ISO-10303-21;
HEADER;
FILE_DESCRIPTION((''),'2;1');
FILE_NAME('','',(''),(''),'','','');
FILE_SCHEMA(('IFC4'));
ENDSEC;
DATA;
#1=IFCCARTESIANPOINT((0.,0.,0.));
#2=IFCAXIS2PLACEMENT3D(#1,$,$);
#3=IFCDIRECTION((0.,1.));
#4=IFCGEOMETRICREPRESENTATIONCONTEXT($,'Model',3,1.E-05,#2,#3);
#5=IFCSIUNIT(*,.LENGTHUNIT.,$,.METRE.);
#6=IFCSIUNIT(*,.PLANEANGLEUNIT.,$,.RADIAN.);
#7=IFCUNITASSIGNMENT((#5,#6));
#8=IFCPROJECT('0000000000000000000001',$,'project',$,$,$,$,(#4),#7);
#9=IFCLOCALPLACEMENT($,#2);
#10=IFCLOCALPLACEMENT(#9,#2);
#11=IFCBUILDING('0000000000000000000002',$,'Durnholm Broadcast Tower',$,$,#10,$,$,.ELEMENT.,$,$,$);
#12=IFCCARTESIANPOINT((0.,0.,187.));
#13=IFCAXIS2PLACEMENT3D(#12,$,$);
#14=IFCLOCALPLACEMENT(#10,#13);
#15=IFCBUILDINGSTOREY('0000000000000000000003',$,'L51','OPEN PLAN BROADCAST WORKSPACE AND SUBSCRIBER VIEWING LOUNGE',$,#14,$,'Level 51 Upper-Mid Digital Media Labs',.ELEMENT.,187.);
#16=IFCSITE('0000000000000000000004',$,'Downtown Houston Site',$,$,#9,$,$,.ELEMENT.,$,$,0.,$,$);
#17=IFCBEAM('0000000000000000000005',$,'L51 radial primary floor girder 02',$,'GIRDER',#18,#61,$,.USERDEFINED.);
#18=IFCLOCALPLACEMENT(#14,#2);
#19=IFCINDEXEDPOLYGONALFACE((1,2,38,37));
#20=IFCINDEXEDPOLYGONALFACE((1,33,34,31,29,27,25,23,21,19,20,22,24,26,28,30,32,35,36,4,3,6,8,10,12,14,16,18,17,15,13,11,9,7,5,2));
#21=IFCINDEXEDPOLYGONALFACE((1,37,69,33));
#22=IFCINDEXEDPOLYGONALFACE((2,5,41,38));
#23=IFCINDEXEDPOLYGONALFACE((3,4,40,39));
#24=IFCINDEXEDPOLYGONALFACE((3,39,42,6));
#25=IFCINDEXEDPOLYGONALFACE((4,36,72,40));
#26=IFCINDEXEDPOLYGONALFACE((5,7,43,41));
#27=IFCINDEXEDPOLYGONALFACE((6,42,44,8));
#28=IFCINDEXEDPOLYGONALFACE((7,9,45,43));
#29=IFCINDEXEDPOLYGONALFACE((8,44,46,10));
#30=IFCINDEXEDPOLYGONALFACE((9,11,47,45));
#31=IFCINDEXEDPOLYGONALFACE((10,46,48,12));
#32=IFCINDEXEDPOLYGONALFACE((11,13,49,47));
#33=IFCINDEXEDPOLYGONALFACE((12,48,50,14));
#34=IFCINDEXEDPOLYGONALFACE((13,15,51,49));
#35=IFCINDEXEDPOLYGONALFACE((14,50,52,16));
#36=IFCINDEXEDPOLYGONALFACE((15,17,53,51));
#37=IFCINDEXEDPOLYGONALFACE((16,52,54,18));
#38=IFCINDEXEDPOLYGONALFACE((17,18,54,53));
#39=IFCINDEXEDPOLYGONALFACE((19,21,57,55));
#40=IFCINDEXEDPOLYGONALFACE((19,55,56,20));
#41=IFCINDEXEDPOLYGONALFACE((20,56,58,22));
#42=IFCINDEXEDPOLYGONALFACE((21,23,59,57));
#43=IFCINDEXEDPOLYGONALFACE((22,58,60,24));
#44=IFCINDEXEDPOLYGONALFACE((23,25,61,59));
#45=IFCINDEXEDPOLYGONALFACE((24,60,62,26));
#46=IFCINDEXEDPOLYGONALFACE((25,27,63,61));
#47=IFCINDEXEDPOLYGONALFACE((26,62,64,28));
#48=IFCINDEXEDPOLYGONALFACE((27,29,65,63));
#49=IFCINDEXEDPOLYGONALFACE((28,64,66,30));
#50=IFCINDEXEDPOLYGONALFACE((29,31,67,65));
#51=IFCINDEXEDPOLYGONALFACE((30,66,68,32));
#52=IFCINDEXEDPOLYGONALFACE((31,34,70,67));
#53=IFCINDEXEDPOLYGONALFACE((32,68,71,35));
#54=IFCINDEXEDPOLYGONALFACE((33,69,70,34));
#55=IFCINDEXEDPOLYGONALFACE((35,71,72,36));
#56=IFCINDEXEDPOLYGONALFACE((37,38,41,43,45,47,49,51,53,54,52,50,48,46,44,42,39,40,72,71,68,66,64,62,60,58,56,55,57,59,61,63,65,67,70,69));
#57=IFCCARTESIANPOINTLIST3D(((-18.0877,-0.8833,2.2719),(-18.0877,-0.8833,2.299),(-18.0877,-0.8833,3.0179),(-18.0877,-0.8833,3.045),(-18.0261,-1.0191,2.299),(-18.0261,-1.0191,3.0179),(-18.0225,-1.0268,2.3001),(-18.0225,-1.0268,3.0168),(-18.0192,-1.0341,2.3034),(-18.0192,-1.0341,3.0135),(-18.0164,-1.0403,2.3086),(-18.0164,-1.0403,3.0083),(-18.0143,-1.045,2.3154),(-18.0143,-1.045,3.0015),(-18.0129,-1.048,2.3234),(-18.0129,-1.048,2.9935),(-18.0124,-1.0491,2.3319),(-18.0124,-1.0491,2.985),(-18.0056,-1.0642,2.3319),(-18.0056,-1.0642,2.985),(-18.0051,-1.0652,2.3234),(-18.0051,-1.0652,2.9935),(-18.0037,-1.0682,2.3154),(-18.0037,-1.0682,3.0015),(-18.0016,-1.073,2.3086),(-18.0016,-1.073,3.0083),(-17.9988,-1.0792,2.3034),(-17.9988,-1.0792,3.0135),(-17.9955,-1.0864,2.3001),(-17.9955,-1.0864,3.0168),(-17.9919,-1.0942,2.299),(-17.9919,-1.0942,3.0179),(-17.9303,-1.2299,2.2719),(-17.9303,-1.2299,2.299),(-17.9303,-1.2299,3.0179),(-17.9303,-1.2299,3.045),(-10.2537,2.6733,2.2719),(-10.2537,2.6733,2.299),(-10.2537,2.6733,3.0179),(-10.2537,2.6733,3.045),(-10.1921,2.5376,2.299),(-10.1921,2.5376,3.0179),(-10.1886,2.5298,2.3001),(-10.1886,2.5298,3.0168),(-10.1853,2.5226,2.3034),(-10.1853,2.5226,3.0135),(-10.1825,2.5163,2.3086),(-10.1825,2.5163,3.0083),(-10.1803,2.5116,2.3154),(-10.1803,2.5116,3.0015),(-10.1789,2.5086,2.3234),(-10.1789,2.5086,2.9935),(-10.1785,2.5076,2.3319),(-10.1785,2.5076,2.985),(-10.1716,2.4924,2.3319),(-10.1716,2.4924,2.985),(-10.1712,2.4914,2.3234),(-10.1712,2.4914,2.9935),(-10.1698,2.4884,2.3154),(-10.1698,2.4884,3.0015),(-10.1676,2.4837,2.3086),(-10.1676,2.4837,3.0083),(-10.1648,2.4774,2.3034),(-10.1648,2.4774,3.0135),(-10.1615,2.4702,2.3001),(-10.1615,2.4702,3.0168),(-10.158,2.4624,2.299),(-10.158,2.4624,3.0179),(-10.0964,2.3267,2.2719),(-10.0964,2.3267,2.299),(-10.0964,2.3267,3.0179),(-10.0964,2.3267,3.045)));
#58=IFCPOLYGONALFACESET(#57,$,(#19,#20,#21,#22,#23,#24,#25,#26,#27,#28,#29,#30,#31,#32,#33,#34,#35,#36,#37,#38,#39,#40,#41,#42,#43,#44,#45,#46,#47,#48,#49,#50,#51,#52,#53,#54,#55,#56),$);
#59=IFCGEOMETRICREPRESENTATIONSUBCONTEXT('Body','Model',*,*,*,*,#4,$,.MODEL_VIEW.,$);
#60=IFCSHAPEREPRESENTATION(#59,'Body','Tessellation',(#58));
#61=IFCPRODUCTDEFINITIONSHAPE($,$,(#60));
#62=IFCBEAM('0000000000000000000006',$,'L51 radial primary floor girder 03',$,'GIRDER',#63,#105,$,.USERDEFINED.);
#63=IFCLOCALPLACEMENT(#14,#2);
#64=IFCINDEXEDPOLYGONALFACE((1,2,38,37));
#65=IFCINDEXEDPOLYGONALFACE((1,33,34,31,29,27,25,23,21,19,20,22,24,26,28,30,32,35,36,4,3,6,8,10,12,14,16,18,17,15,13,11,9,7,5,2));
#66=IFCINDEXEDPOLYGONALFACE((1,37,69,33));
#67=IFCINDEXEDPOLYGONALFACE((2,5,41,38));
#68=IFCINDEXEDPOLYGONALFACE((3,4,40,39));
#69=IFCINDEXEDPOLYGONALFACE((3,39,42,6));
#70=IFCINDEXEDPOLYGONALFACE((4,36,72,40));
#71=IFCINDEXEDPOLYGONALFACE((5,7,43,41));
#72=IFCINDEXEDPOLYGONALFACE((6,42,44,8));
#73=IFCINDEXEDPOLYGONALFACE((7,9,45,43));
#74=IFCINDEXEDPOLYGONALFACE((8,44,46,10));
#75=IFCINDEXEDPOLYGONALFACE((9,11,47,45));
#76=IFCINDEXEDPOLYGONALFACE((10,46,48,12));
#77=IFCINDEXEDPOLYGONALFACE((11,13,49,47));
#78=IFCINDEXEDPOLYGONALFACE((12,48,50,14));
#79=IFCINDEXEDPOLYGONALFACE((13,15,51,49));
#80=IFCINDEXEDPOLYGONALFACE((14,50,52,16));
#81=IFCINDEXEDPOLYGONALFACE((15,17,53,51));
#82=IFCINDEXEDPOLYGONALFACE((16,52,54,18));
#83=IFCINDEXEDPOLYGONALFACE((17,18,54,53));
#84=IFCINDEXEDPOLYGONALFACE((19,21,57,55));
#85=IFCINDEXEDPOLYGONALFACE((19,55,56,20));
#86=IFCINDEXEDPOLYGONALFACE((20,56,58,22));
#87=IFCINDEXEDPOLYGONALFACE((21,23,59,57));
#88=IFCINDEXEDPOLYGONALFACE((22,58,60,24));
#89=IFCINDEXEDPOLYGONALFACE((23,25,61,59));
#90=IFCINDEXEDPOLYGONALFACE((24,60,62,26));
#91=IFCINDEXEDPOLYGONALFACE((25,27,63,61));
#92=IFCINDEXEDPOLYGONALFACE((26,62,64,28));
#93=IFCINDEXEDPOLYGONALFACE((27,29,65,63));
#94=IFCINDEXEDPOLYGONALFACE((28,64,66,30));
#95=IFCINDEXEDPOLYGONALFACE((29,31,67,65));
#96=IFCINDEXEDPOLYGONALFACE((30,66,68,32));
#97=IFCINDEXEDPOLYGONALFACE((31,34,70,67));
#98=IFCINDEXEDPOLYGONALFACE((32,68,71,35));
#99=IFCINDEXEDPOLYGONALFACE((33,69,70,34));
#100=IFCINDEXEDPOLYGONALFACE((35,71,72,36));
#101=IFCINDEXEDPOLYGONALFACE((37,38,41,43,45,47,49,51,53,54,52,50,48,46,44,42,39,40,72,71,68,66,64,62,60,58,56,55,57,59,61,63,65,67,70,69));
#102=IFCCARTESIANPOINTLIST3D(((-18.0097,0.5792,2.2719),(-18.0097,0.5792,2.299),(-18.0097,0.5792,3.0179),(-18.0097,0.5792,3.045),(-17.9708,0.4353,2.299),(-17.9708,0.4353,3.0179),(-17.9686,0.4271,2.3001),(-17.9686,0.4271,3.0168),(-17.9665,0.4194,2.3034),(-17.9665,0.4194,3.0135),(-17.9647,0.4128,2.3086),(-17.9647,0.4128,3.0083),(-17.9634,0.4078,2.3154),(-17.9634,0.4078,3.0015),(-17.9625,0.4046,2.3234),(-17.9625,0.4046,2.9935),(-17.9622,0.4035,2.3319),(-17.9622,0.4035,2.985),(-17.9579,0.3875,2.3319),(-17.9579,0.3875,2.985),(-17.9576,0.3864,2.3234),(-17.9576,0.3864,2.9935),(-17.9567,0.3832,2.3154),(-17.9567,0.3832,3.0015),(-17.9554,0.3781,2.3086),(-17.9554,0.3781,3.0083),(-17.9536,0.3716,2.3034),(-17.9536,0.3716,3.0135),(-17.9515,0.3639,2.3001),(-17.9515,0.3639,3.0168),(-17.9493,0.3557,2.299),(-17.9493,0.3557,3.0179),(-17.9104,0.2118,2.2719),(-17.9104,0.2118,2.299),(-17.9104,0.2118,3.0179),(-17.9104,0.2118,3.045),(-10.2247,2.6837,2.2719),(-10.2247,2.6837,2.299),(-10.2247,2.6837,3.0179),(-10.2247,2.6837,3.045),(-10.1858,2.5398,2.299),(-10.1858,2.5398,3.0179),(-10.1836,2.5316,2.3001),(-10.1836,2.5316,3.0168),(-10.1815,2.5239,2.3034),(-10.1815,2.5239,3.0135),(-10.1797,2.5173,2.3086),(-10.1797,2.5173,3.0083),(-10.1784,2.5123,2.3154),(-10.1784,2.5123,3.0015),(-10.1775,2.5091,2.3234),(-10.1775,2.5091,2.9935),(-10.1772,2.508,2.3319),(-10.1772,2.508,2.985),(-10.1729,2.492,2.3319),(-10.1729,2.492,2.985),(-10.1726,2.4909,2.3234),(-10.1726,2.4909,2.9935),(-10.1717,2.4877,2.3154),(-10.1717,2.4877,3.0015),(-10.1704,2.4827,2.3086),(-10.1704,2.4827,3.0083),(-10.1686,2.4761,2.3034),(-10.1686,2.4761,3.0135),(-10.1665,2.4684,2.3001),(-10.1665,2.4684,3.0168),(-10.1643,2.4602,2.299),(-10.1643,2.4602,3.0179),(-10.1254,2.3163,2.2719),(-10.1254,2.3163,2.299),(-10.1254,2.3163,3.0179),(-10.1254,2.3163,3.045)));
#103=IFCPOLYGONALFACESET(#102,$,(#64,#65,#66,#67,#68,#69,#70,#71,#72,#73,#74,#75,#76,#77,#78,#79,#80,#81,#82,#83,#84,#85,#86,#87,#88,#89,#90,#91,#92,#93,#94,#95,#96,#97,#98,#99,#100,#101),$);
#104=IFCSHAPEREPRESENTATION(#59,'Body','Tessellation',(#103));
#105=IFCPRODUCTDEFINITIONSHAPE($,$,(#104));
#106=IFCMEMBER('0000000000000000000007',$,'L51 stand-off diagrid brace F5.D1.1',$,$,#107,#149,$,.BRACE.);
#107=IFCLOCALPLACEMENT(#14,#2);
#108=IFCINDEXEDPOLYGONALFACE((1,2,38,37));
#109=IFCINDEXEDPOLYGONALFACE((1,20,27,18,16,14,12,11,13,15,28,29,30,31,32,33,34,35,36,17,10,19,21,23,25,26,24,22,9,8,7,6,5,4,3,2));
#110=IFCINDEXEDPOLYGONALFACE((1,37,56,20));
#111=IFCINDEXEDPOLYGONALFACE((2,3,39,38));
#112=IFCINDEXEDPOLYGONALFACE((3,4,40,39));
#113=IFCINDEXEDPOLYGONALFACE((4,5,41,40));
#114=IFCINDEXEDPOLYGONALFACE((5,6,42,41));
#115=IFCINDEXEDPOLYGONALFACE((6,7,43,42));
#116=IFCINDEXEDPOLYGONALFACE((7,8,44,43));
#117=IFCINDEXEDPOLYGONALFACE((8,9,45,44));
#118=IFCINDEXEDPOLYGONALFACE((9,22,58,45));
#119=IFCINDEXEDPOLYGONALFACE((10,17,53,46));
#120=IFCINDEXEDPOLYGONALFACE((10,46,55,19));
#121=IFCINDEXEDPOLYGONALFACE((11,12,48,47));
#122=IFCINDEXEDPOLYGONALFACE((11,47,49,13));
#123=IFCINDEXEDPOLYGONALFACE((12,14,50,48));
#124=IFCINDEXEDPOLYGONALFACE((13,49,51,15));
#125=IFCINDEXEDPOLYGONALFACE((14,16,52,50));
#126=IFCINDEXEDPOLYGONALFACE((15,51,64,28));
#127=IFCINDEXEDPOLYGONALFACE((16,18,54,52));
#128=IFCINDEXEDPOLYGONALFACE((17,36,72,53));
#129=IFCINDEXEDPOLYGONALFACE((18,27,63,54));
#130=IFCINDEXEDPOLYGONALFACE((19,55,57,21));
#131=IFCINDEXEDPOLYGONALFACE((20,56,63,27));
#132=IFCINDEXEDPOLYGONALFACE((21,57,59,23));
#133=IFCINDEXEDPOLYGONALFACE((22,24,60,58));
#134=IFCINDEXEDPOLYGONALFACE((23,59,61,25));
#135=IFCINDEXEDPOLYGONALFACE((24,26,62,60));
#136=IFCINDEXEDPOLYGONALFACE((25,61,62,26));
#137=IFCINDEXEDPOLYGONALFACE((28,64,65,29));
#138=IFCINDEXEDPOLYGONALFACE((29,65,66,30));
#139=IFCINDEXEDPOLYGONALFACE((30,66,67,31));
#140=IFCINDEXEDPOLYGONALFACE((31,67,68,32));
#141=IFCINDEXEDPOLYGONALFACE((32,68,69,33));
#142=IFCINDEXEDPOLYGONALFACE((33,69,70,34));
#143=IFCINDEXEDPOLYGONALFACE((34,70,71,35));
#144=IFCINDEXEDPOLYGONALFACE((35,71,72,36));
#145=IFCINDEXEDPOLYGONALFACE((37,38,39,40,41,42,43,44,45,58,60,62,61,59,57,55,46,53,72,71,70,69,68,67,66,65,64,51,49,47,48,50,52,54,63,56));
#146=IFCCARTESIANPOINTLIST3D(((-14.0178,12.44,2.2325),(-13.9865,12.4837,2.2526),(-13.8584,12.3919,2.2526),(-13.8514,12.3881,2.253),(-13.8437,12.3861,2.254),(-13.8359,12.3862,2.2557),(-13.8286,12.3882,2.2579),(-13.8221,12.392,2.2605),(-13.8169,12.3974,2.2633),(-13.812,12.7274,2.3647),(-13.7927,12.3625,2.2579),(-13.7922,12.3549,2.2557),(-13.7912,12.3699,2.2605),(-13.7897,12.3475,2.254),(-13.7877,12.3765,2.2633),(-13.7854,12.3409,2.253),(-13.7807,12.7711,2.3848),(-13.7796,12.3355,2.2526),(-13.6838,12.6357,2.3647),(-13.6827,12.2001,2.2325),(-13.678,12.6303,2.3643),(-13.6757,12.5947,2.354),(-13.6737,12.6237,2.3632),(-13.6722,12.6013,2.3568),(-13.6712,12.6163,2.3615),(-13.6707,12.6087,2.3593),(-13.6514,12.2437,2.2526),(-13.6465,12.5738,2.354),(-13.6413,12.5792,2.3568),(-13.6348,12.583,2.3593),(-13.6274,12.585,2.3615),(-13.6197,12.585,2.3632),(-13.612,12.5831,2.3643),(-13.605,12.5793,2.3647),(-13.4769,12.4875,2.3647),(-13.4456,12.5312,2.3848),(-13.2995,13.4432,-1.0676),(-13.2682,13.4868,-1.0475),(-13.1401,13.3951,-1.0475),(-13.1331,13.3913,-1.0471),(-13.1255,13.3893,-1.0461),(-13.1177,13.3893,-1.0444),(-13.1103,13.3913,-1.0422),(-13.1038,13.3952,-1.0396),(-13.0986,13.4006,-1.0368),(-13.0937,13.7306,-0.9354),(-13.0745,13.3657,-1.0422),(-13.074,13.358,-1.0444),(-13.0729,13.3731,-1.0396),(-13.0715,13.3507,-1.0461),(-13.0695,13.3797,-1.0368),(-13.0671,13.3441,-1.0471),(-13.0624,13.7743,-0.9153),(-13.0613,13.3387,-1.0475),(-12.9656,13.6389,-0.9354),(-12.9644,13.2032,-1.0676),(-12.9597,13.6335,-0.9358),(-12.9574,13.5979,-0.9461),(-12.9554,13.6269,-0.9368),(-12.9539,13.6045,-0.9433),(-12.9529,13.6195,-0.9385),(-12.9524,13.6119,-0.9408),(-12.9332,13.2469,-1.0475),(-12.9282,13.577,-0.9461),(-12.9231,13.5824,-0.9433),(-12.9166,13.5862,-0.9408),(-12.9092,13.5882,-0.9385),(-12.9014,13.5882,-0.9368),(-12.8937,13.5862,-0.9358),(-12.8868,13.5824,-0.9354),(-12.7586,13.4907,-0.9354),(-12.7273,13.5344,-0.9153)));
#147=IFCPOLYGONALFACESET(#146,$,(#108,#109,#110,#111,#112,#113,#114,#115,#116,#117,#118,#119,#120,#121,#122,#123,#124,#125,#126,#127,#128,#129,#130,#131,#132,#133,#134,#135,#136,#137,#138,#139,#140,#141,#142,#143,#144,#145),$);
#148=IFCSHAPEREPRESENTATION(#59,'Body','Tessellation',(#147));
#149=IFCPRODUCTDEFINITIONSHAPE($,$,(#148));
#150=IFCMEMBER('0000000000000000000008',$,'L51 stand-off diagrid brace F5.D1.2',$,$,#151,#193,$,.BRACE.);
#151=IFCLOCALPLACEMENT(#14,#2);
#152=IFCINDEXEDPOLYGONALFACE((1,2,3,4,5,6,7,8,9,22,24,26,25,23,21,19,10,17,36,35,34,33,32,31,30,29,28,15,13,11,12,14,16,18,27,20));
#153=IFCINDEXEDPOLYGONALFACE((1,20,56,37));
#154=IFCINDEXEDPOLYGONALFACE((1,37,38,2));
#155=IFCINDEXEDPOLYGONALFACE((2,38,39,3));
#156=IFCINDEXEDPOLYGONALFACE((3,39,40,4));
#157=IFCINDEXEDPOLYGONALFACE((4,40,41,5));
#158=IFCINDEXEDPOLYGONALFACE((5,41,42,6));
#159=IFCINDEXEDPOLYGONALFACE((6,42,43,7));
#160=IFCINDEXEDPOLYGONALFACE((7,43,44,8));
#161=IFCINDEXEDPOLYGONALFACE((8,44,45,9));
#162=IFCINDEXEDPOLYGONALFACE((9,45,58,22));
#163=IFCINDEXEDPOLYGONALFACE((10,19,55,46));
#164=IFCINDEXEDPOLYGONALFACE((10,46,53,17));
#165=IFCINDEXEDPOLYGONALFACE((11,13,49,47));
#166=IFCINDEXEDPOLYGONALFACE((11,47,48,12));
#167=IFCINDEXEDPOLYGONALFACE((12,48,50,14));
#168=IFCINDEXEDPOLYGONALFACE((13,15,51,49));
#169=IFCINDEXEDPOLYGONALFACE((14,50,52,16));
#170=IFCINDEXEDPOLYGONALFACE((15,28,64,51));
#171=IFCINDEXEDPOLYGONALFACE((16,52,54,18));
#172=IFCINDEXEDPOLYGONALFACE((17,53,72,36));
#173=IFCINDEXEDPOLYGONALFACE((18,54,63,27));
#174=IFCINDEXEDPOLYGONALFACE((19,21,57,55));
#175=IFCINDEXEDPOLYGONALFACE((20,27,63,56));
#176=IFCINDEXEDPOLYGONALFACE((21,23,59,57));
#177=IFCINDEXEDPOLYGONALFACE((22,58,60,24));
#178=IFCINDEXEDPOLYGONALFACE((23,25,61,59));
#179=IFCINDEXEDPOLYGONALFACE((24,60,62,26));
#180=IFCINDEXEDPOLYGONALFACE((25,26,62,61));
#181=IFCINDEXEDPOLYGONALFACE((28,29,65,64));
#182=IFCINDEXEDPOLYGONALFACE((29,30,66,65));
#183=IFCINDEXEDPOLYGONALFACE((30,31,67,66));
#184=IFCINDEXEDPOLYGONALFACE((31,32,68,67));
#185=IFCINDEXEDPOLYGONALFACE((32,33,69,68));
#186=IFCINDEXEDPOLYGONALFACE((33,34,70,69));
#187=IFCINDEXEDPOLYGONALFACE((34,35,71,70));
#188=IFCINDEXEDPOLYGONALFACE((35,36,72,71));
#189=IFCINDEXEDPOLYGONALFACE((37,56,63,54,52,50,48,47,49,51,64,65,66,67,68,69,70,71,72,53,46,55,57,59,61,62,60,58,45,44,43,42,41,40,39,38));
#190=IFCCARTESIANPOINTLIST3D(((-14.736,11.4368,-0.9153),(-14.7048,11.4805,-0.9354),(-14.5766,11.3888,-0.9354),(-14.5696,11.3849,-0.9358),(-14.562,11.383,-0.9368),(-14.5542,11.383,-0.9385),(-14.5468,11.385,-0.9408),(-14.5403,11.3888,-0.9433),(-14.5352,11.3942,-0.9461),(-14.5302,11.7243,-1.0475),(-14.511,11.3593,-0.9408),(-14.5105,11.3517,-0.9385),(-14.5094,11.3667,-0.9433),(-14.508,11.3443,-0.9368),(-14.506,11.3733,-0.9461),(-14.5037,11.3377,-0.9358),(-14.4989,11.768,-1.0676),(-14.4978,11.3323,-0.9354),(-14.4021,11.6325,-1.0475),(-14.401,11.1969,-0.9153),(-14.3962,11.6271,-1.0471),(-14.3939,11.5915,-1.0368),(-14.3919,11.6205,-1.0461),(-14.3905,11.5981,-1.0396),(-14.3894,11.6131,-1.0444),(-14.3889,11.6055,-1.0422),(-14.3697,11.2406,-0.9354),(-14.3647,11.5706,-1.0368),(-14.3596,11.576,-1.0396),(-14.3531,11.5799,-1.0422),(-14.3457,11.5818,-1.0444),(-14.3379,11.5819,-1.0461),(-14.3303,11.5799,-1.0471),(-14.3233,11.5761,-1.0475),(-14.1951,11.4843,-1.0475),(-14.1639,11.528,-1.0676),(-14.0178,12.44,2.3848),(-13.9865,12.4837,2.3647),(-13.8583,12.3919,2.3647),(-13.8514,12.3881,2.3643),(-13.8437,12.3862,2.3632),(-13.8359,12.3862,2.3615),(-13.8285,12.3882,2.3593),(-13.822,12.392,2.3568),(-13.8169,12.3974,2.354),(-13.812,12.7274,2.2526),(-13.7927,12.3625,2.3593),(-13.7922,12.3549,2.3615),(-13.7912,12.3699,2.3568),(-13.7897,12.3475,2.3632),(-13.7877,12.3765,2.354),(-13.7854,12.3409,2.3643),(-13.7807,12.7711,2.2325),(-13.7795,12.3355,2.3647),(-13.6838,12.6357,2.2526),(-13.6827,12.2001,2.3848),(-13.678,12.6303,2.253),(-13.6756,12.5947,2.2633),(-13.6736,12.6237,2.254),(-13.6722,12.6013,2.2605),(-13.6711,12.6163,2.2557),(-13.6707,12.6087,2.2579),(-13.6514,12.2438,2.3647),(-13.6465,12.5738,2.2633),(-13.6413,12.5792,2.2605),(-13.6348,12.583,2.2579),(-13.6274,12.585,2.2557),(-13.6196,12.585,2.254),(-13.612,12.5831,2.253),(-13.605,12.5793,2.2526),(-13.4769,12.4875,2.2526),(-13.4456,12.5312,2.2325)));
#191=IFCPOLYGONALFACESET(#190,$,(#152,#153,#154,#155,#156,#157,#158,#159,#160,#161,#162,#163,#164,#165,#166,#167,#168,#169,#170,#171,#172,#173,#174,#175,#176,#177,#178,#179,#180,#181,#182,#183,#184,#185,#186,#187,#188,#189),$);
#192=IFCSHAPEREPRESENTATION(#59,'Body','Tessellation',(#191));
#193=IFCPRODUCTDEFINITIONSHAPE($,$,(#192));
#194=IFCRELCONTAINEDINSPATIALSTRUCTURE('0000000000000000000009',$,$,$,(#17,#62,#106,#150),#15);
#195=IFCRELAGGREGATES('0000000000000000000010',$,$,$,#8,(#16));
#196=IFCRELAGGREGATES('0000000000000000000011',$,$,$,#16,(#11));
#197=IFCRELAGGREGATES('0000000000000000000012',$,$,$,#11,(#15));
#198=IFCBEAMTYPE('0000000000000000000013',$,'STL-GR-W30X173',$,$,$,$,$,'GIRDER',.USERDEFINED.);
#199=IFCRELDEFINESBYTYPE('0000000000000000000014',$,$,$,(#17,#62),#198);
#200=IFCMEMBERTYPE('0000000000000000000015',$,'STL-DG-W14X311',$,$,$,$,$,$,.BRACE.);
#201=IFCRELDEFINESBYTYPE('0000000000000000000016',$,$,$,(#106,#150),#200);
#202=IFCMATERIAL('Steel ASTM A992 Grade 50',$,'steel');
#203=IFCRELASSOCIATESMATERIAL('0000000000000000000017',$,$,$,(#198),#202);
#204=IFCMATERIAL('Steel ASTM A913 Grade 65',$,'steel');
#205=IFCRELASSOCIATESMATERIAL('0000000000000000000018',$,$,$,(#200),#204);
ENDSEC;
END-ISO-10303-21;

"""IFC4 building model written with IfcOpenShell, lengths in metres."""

from ifc_helpers import new_model, si_unit, direction, frame, origin, origin_2d, place, context, subcontext, project, spatial, i_section, extrude, source, transform, mapped, material, material_profile, profile_set, type_object, type_shapes, element, save


model = new_model("IFC4")

# Units and contexts
model_context = context("Model", 3, precision=1e-05, world=origin(), true_north=direction((0.0, 1.0)))
body_context = subcontext(model_context, "Body", "Model", "MODEL_VIEW")
ifc_project = project(units=[si_unit("LENGTHUNIT", "METRE"), si_unit("PLANEANGLEUNIT", "RADIAN")], contexts=[model_context])

# Site, building, storey
site_placement = place(None, origin())
site = spatial("IfcSite", under=ifc_project, at=site_placement, Name="Downtown Houston Site", CompositionType="ELEMENT", RefElevation=0.0)
building_placement = place(site_placement, origin())
building = spatial("IfcBuilding", under=site, at=building_placement, Name="Durnholm Broadcast Tower", CompositionType="ELEMENT")
storey_placement = place(building_placement, frame((0.0, 0.0, 187.0)))
storey = spatial("IfcBuildingStorey", under=building, at=storey_placement, Name="L51", Description="OPEN PLAN BROADCAST WORKSPACE AND SUBSCRIBER VIEWING LOUNGE", LongName="Level 51 Upper-Mid Digital Media Labs", CompositionType="ELEMENT", Elevation=187.0)

# Beams
ifc_material_1 = material(Name="Steel ASTM A992 Grade 50", Category="steel")
ifc_material_profile_1 = material_profile(ifc_material_1, i_section(OverallWidth=0.3806, OverallDepth=0.7732, WebThickness=0.0166, FlangeThickness=0.0271, FilletRadius=0.033, at=origin_2d()), Name="W30X173")
ifc_profile_set_1 = profile_set([ifc_material_profile_1], Name="Steel ASTM A992 Grade 50")
beam_type_1 = type_object("IfcBeamType", Name="STL-GR-W30X173", ElementType="GIRDER", PredefinedType="USERDEFINED", material=ifc_profile_set_1)
shared_shape_1 = source(origin(), body_context, "Body", "SweptSolid", [
    extrude(i_section(OverallWidth=0.3806, OverallDepth=0.7732, WebThickness=0.0166, FlangeThickness=0.0271, FilletRadius=0.033, at=origin_2d()), origin(), (0.0, 0.0, 1.0), 8.6035),
])
beam_1_placement = place(storey_placement, frame((-10.175, 2.5, 2.6584), z_axis=(-0.910553, -0.413392, 0.0), x_axis=(0.413392, -0.910553, 0.0)))
element("IfcBeam", 1, at=beam_1_placement, inside=storey, type_object=beam_type_1, Name="L51 radial primary floor girder 02", ObjectType="GIRDER", PredefinedType="USERDEFINED", context=body_context, shape_type="MappedRepresentation", body=[
    mapped(shared_shape_1, transform((0.0, 0.0, 0.0), x_axis=(1.0, 0.0, 0.0), y_axis=(0.0, 1.0, 0.0), z_axis=(0.0, 0.0, 1.0), scale=1.0)),
])
shared_shape_2 = source(origin(), body_context, "Body", "SweptSolid", [
    extrude(i_section(OverallWidth=0.3806, OverallDepth=0.7732, WebThickness=0.0166, FlangeThickness=0.0271, FilletRadius=0.033, at=origin_2d()), origin(), (0.0, 0.0, 1.0), 8.0645),
])
type_shapes(beam_type_1, [shared_shape_1, shared_shape_2])
beam_2_placement = place(storey_placement, frame((-10.175, 2.5, 2.6584), z_axis=(-0.965349, -0.260962, 0.0), x_axis=(0.260962, -0.965349, 0.0)))
element("IfcBeam", 2, at=beam_2_placement, inside=storey, type_object=beam_type_1, Name="L51 radial primary floor girder 03", ObjectType="GIRDER", PredefinedType="USERDEFINED", context=body_context, shape_type="MappedRepresentation", body=[
    mapped(shared_shape_2, transform((0.0, 0.0, 0.0), x_axis=(1.0, 0.0, 0.0), y_axis=(0.0, 1.0, 0.0), z_axis=(0.0, 0.0, 1.0), scale=1.0)),
])

# Members
ifc_material_2 = material(Name="Steel ASTM A913 Grade 65", Category="steel")
ifc_material_profile_2 = material_profile(ifc_material_2, i_section(OverallWidth=0.4121, OverallDepth=0.4348, WebThickness=0.0359, FlangeThickness=0.0574, FilletRadius=0.0305, at=origin_2d()), Name="W14X311")
ifc_profile_set_2 = profile_set([ifc_material_profile_2], Name="Steel ASTM A913 Grade 65")
member_type_1 = type_object("IfcMemberType", Name="STL-DG-W14X311", PredefinedType="BRACE", material=ifc_profile_set_2)
shared_shape_3 = source(origin(), body_context, "Body", "SweptSolid", [
    extrude(i_section(OverallWidth=0.4121, OverallDepth=0.4348, WebThickness=0.0359, FlangeThickness=0.0574, FilletRadius=0.0305, at=origin_2d()), origin(), (0.0, 0.0, 1.0), 3.5232),
])
type_shapes(member_type_1, [shared_shape_3])
for number, where, z_axis, x_axis, name in (
    (3, (-13.0134, 13.4888, -0.9915), (-0.203869, -0.284738, 0.936676), (0.813078, -0.582155, 0.0), "L51 stand-off diagrid brace F5.D1.1"),
    (4, (-14.45, 11.4824, -0.9915), (0.203869, 0.284738, 0.936676), (-0.813078, 0.582155, 0.0), "L51 stand-off diagrid brace F5.D1.2"),
):
    element("IfcMember", number, at=place(storey_placement, frame(where, z_axis=z_axis, x_axis=x_axis)), inside=storey, type_object=member_type_1, Name=name, PredefinedType="BRACE", context=body_context, shape_type="MappedRepresentation", body=[
        mapped(shared_shape_3, transform((0.0, 0.0, 0.0), x_axis=(1.0, 0.0, 0.0), y_axis=(0.0, 1.0, 0.0), z_axis=(0.0, 0.0, 1.0), scale=1.0)),
    ])

save(model, "model.ifc")
